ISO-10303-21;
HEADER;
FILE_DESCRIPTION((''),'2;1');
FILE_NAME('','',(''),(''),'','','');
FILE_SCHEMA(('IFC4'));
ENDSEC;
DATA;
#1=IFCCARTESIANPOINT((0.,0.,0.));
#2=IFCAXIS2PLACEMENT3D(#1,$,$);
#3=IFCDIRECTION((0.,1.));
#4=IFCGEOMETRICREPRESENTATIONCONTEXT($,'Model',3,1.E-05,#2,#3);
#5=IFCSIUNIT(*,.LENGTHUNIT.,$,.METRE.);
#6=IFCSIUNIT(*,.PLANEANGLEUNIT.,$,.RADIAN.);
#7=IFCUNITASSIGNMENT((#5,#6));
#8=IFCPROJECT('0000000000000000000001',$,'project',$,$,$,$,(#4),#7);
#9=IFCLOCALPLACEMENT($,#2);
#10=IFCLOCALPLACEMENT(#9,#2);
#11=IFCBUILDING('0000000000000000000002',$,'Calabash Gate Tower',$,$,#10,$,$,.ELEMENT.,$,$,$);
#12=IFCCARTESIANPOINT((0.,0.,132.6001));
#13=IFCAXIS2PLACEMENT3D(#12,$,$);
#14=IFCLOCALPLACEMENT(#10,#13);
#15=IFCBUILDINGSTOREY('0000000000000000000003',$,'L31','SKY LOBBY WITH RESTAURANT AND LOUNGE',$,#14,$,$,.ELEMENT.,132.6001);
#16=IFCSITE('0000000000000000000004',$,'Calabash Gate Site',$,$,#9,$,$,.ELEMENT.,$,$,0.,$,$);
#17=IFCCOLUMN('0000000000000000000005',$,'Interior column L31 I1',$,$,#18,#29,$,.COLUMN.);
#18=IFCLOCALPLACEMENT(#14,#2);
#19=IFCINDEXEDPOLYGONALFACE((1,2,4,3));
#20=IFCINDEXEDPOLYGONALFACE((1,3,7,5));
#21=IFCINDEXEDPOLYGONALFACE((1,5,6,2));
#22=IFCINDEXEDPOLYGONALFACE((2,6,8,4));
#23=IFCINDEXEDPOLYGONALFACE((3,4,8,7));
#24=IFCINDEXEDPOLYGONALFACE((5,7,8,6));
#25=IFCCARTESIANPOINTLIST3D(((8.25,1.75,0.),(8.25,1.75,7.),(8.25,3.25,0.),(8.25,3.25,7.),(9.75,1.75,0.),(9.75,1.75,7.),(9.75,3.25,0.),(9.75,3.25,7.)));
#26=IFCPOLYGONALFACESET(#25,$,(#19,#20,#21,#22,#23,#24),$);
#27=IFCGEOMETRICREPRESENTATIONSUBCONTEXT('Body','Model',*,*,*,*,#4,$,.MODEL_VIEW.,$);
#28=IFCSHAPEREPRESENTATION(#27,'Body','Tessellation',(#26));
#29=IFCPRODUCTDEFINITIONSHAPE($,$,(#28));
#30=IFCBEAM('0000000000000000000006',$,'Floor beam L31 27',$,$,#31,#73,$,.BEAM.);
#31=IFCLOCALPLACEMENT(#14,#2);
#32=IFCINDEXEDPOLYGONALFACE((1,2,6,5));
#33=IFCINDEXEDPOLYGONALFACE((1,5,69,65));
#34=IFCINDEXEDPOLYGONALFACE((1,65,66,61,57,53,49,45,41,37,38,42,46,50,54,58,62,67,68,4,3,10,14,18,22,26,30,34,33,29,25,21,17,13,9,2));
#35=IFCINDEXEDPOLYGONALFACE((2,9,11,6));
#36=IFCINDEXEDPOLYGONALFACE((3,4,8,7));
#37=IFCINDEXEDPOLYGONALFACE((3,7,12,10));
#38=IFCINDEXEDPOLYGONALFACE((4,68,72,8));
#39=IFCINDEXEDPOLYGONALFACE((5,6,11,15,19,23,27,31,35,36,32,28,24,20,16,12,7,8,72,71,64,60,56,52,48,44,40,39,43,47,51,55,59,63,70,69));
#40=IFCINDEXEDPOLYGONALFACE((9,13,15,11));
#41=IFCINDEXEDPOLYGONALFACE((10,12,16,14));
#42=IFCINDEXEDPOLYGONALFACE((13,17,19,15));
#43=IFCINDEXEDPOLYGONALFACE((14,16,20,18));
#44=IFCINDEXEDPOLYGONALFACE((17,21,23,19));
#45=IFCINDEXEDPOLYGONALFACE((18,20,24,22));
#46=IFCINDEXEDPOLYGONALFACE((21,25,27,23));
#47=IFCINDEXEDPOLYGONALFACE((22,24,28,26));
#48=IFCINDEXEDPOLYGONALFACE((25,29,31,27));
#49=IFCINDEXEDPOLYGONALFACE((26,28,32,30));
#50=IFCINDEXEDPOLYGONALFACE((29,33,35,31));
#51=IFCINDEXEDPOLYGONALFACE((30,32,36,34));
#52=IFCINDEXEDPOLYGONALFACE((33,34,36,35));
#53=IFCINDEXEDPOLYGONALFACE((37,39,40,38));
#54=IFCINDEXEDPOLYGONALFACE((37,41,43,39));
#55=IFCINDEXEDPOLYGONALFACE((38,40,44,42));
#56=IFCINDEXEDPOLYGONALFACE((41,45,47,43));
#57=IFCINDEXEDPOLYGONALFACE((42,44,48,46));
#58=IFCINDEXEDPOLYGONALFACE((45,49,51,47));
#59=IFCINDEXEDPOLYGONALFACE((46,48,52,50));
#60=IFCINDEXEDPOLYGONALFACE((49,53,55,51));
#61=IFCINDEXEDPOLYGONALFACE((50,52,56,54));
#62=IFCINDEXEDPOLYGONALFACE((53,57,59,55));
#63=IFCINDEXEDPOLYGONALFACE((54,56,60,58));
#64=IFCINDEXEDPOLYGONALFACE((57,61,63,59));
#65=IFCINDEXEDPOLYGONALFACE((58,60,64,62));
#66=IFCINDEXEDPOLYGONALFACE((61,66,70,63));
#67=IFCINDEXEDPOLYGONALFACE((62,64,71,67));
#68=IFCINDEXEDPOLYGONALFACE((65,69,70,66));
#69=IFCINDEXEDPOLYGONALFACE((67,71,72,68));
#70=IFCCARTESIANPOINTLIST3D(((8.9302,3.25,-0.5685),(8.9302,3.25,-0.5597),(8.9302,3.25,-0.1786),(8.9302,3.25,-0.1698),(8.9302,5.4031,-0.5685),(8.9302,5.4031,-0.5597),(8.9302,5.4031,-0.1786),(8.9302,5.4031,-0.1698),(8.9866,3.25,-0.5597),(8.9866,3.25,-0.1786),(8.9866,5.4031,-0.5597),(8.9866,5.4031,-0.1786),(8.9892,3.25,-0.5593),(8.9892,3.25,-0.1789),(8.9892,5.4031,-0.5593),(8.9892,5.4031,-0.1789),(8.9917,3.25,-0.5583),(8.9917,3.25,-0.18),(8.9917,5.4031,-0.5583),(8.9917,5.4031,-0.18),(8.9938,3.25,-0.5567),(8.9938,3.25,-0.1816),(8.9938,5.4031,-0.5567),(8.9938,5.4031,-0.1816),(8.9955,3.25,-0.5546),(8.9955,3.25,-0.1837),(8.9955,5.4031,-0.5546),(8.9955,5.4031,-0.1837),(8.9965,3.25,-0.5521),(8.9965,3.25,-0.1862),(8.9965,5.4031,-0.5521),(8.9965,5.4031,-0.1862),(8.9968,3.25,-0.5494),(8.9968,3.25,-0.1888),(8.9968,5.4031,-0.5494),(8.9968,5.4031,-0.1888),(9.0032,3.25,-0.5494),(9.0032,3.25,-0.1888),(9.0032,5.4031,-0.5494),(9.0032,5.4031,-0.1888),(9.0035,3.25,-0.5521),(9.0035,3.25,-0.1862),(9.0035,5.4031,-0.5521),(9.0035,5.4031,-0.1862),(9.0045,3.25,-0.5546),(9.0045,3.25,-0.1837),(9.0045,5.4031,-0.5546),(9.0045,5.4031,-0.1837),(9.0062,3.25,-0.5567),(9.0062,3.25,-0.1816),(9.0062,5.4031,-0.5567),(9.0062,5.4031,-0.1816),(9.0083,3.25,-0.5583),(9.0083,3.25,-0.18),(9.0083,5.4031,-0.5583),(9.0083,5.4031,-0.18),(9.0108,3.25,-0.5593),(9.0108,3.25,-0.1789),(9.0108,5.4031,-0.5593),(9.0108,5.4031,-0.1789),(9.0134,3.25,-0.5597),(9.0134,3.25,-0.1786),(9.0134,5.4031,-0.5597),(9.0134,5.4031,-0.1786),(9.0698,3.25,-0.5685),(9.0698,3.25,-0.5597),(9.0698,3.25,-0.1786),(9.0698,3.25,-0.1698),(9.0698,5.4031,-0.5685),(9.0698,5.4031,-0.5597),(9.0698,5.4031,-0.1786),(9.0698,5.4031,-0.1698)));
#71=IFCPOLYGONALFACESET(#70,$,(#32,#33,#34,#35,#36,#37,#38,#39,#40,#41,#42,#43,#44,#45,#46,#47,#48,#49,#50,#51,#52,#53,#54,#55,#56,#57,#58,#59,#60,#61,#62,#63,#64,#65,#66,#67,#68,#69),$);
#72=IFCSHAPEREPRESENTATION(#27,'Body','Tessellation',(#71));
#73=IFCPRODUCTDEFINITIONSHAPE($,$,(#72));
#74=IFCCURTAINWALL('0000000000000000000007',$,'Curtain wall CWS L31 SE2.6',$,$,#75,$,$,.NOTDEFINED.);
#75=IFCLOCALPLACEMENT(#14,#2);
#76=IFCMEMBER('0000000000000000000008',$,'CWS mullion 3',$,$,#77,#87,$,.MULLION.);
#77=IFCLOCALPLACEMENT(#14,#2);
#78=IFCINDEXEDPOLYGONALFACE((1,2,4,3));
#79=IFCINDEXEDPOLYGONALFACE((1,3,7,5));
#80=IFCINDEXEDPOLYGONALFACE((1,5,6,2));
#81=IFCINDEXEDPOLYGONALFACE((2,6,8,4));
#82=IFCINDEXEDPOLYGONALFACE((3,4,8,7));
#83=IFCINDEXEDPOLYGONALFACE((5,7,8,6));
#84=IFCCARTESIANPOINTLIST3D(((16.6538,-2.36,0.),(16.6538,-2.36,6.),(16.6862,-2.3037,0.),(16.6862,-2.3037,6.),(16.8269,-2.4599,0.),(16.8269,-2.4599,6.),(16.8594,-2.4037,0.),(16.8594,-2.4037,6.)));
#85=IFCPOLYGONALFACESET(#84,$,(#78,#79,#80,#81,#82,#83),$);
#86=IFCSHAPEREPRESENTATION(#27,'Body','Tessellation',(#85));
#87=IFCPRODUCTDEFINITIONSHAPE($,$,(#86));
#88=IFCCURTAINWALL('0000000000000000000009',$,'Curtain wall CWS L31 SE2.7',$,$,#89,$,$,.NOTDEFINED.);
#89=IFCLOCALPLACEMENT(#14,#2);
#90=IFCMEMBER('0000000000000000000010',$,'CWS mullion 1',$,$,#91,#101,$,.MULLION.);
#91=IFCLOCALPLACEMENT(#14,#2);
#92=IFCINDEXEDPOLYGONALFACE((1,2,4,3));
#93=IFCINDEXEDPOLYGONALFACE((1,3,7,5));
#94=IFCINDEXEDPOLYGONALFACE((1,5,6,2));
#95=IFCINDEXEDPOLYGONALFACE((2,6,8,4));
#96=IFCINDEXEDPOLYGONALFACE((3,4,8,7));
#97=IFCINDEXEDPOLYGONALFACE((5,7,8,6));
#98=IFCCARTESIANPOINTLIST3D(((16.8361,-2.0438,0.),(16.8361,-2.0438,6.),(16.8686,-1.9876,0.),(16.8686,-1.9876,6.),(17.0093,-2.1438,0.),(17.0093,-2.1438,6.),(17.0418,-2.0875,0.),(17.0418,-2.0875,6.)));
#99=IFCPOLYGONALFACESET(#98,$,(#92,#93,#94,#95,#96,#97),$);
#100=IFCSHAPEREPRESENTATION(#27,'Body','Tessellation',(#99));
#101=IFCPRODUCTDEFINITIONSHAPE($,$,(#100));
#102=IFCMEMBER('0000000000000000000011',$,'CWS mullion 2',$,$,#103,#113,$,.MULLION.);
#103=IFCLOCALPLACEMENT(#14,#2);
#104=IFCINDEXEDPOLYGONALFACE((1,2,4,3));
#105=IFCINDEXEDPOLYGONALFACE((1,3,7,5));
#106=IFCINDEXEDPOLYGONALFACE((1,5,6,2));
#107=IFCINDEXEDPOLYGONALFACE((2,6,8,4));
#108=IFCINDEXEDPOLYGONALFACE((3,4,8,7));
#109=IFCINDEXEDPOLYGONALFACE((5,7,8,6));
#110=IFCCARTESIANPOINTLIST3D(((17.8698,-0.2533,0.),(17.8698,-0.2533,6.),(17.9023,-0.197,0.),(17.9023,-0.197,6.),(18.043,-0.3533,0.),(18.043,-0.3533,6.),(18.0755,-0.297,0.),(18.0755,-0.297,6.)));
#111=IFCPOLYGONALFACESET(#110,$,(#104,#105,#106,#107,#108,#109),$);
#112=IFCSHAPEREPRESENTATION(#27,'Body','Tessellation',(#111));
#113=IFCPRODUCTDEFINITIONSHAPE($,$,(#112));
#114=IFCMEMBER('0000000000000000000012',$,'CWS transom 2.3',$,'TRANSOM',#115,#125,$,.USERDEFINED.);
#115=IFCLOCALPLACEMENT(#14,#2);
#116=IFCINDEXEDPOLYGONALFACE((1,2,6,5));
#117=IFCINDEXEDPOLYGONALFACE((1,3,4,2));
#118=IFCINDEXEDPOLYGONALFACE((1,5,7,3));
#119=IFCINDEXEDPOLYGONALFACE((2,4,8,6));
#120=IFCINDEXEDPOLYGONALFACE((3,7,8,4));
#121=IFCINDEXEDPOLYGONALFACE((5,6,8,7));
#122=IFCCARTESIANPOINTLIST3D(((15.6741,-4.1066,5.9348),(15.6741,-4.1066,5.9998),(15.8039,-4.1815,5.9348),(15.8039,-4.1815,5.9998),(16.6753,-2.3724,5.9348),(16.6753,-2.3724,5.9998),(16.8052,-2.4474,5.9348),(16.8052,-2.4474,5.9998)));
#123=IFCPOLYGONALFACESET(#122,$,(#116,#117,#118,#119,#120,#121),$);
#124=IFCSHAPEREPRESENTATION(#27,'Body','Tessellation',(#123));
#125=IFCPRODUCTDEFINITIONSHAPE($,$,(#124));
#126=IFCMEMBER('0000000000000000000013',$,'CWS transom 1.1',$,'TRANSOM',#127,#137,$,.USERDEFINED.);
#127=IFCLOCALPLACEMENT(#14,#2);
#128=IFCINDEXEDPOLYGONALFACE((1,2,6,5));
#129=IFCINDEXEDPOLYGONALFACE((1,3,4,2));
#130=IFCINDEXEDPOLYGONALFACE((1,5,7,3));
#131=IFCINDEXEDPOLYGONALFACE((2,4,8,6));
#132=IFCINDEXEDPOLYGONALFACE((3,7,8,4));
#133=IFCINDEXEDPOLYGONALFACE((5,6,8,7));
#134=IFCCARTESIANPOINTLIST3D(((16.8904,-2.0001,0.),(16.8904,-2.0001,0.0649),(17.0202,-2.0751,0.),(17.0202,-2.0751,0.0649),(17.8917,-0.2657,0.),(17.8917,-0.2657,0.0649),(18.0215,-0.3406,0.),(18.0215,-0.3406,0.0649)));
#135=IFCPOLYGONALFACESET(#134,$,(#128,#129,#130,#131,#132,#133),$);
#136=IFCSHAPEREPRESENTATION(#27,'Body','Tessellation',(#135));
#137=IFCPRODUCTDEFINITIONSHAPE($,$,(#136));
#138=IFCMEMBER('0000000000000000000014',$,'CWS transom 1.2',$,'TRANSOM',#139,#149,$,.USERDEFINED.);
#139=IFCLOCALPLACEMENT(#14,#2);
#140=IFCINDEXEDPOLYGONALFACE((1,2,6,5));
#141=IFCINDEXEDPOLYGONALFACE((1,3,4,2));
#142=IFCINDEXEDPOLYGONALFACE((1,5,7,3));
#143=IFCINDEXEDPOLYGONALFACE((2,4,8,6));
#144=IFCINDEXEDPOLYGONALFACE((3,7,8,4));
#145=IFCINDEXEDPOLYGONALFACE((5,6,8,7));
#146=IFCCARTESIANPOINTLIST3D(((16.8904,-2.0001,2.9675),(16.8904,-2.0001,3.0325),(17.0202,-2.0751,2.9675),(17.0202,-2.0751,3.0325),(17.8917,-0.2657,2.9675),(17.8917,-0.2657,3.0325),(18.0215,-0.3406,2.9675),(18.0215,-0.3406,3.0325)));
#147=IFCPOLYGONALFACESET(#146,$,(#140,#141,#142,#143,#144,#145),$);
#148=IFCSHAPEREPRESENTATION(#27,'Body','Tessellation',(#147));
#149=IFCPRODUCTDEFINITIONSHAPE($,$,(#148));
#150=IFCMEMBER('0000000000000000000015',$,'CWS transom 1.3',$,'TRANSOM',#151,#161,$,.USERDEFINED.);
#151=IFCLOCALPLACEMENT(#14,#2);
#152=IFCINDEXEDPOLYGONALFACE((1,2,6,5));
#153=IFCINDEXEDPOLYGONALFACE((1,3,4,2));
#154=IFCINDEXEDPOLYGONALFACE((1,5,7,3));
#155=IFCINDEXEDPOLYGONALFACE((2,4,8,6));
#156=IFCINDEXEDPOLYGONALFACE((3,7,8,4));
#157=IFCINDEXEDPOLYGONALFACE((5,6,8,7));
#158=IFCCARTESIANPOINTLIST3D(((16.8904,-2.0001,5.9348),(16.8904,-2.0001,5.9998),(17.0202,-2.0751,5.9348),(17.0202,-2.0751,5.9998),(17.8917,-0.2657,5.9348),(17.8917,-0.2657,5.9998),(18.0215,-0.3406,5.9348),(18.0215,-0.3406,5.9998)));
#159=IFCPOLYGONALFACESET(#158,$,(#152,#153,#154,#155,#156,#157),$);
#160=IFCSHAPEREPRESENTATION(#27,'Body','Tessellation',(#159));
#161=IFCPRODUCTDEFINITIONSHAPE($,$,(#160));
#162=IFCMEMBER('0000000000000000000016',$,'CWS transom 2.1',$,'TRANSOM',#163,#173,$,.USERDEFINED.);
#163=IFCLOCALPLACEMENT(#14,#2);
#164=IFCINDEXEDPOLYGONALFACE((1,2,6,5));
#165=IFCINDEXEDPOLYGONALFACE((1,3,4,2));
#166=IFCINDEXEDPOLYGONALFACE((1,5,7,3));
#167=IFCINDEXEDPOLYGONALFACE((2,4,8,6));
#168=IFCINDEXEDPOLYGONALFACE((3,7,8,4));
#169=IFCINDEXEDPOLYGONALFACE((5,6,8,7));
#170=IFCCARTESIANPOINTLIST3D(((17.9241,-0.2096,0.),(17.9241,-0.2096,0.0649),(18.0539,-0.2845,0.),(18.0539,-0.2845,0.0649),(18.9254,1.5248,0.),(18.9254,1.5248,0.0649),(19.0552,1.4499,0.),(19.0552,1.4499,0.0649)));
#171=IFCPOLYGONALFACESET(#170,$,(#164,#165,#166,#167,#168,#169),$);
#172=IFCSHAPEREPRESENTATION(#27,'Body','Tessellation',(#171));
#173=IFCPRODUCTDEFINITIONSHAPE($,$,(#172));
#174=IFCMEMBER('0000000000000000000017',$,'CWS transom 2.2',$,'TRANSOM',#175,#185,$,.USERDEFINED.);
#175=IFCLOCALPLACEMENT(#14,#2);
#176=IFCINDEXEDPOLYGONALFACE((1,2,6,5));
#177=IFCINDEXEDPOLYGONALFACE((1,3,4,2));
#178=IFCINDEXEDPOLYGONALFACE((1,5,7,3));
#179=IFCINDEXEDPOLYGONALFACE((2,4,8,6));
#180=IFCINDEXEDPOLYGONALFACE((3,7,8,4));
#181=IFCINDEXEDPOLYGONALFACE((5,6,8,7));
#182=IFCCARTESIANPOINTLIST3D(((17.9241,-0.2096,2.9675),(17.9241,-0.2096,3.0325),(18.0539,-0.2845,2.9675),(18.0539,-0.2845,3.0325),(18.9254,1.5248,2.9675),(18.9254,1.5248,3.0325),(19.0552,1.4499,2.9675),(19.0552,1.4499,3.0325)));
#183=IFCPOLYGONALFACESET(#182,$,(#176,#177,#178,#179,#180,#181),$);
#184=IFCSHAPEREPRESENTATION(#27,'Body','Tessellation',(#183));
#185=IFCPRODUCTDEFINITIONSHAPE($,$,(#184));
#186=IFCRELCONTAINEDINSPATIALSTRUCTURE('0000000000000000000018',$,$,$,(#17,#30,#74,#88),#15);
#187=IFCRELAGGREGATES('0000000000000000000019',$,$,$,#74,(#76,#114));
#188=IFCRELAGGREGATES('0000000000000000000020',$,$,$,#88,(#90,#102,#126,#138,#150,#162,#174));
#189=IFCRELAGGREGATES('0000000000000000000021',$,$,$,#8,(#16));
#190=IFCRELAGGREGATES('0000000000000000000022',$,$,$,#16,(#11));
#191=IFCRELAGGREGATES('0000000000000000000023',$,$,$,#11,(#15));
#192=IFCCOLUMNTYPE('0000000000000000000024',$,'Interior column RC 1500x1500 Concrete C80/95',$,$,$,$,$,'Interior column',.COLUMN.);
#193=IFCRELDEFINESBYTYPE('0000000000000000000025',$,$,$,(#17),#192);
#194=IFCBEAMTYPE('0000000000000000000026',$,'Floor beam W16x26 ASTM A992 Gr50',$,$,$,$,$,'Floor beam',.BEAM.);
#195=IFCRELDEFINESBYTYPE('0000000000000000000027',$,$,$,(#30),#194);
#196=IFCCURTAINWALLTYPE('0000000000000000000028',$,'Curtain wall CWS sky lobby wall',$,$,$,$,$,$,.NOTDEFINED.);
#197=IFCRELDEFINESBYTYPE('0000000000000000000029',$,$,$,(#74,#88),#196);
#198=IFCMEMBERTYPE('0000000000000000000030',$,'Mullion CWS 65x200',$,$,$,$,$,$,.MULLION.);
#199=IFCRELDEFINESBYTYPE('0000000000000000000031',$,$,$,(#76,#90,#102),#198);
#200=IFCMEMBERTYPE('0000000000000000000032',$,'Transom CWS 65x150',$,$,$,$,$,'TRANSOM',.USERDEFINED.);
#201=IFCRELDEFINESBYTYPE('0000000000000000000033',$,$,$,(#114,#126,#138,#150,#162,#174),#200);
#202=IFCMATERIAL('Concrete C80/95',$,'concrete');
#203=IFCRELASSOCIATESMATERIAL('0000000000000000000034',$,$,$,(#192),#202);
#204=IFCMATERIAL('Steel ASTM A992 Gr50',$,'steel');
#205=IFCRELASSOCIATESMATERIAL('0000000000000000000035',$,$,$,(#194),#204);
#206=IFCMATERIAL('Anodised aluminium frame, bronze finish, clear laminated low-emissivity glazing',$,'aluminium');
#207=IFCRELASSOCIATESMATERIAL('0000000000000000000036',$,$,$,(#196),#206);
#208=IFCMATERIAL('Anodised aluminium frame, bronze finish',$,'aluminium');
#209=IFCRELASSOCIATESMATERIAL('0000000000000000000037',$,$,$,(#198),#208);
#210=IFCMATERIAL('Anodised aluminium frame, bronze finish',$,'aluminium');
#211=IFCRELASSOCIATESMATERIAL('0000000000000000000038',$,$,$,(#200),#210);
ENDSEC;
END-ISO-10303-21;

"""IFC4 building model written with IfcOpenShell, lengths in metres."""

from ifc_helpers import new_model, si_unit, direction, frame, origin, origin_2d, place, context, subcontext, project, spatial, rectangle, i_section, extrude, material, material_profile, profile_set, type_object, element, aggregate, save


model = new_model("IFC4")

# Units and contexts
model_context = context("Model", 3, precision=1e-05, world=origin(), true_north=direction((0.0, 1.0)))
body_context = subcontext(model_context, "Body", "Model", "MODEL_VIEW")
ifc_project = project(units=[si_unit("LENGTHUNIT", "METRE"), si_unit("PLANEANGLEUNIT", "RADIAN")], contexts=[model_context])

# Site, building, storey
site_placement = place(None, origin())
site = spatial("IfcSite", under=ifc_project, at=site_placement, Name="Calabash Gate Site", CompositionType="ELEMENT", RefElevation=0.0)
building_placement = place(site_placement, origin())
building = spatial("IfcBuilding", under=site, at=building_placement, Name="Calabash Gate Tower", CompositionType="ELEMENT")
storey_placement = place(building_placement, frame((0.0, 0.0, 132.6001)))
storey = spatial("IfcBuildingStorey", under=building, at=storey_placement, Name="L31", Description="SKY LOBBY WITH RESTAURANT AND LOUNGE", CompositionType="ELEMENT", Elevation=132.6001)

# Column
ifc_material_1 = material(Name="Concrete C80/95", Category="concrete")
ifc_material_profile_1 = material_profile(ifc_material_1, rectangle(XDim=1.5, YDim=1.5, at=origin_2d()))
ifc_profile_set_1 = profile_set([ifc_material_profile_1], Name="Concrete C80/95")
column_type = type_object("IfcColumnType", Name="Interior column RC 1500x1500 Concrete C80/95", ElementType="Interior column", PredefinedType="COLUMN", material=ifc_profile_set_1)
column_placement = place(storey_placement, frame((9.0, 2.5, 0.0), z_axis=(0.0, 0.0, 1.0), x_axis=(1.0, 0.0, 0.0)))
element("IfcColumn", 1, at=column_placement, inside=storey, type_object=column_type, Name="Interior column L31 I1", PredefinedType="COLUMN", context=body_context, shape_type="SweptSolid", body=[
    extrude(rectangle(XDim=1.5, YDim=1.5, at=origin_2d()), origin(), (0.0, 0.0, 1.0), 7.0),
])

# Beam
ifc_material_2 = material(Name="Steel ASTM A992 Gr50", Category="steel")
ifc_material_profile_2 = material_profile(ifc_material_2, i_section(OverallWidth=0.1396, OverallDepth=0.3987, WebThickness=0.0063, FlangeThickness=0.0088, FilletRadius=0.0103, at=origin_2d()))
ifc_profile_set_2 = profile_set([ifc_material_profile_2], Name="Steel ASTM A992 Gr50")
beam_type = type_object("IfcBeamType", Name="Floor beam W16x26 ASTM A992 Gr50", ElementType="Floor beam", PredefinedType="BEAM", material=ifc_profile_set_2)
beam_placement = place(storey_placement, frame((9.0, 3.25, -0.3691), z_axis=(0.0, 1.0, 0.0), x_axis=(-1.0, 0.0, 0.0)))
element("IfcBeam", 2, at=beam_placement, inside=storey, type_object=beam_type, Name="Floor beam L31 27", PredefinedType="BEAM", context=body_context, shape_type="SweptSolid", body=[
    extrude(i_section(OverallWidth=0.1396, OverallDepth=0.3987, WebThickness=0.0063, FlangeThickness=0.0088, FilletRadius=0.0103, at=origin_2d()), origin(), (0.0, 0.0, 1.0), 2.1531),
])

# Curtain wall, member
ifc_material_3 = material(Name="Anodised aluminium frame, bronze finish, clear laminated low-emissivity glazing", Category="aluminium")
curtain_wall_type = type_object("IfcCurtainWallType", Name="Curtain wall CWS sky lobby wall", PredefinedType="NOTDEFINED", material=ifc_material_3)
curtain_wall_1_placement = place(storey_placement, origin())
curtain_wall_1 = element("IfcCurtainWall", 3, at=curtain_wall_1_placement, inside=storey, type_object=curtain_wall_type, Name="Curtain wall CWS L31 SE2.6", PredefinedType="NOTDEFINED")
ifc_material_4 = material(Name="Anodised aluminium frame, bronze finish", Category="aluminium")
ifc_material_profile_3 = material_profile(ifc_material_4, rectangle(XDim=0.2, YDim=0.0649, at=origin_2d()))
ifc_profile_set_3 = profile_set([ifc_material_profile_3], Name="Anodised aluminium frame, bronze finish")
member_type_1 = type_object("IfcMemberType", Name="Mullion CWS 65x200", PredefinedType="MULLION", material=ifc_profile_set_3)
member_1_placement = place(storey_placement, frame((16.7566, -2.3818, 0.0), z_axis=(0.0, 0.0, 1.0), x_axis=(-0.866025, 0.5, 0.0)))
member_1 = element("IfcMember", 4, at=member_1_placement, type_object=member_type_1, Name="CWS mullion 3", PredefinedType="MULLION", context=body_context, shape_type="SweptSolid", body=[
    extrude(rectangle(XDim=0.2, YDim=0.0649, at=origin_2d()), origin(), (0.0, 0.0, 1.0), 6.0),
])

# Curtain wall, members
curtain_wall_2_placement = place(storey_placement, origin())
curtain_wall_2 = element("IfcCurtainWall", 5, at=curtain_wall_2_placement, inside=storey, type_object=curtain_wall_type, Name="Curtain wall CWS L31 SE2.7", PredefinedType="NOTDEFINED")
member_2_placement = place(storey_placement, frame((16.939, -2.0657, 0.0), z_axis=(0.0, 0.0, 1.0), x_axis=(-0.866025, 0.5, 0.0)))
member_2 = element("IfcMember", 6, at=member_2_placement, type_object=member_type_1, Name="CWS mullion 1", PredefinedType="MULLION", context=body_context, shape_type="SweptSolid", body=[
    extrude(rectangle(XDim=0.2, YDim=0.0649, at=origin_2d()), origin(), (0.0, 0.0, 1.0), 6.0),
])
member_3_placement = place(storey_placement, frame((17.9727, -0.2751, 0.0), z_axis=(0.0, 0.0, 1.0), x_axis=(-0.866025, 0.5, 0.0)))
member_3 = element("IfcMember", 7, at=member_3_placement, type_object=member_type_1, Name="CWS mullion 2", PredefinedType="MULLION", context=body_context, shape_type="SweptSolid", body=[
    extrude(rectangle(XDim=0.2, YDim=0.0649, at=origin_2d()), origin(), (0.0, 0.0, 1.0), 6.0),
])

# Members
ifc_material_5 = material(Name="Anodised aluminium frame, bronze finish", Category="aluminium")
ifc_material_profile_4 = material_profile(ifc_material_5, rectangle(XDim=0.1499, YDim=0.0649, at=origin_2d()))
ifc_profile_set_4 = profile_set([ifc_material_profile_4], Name="Anodised aluminium frame, bronze finish")
member_type_2 = type_object("IfcMemberType", Name="Transom CWS 65x150", ElementType="TRANSOM", PredefinedType="USERDEFINED", material=ifc_profile_set_4)
member_4_placement = place(storey_placement, frame((15.739, -4.144, 5.9673), z_axis=(0.500007, 0.866021, 0.0), x_axis=(-0.866021, 0.500007, 0.0)))
member_4 = element("IfcMember", 8, at=member_4_placement, type_object=member_type_2, Name="CWS transom 2.3", ObjectType="TRANSOM", PredefinedType="USERDEFINED", context=body_context, shape_type="SweptSolid", body=[
    extrude(rectangle(XDim=0.1499, YDim=0.0649, at=origin_2d()), origin(), (0.0, 0.0, 1.0), 2.0024),
])
member_5_placement = place(storey_placement, frame((16.9553, -2.0376, 0.0325), z_axis=(0.499955, 0.866052, 0.0), x_axis=(-0.866052, 0.499955, 0.0)))
member_5 = element("IfcMember", 9, at=member_5_placement, type_object=member_type_2, Name="CWS transom 1.1", ObjectType="TRANSOM", PredefinedType="USERDEFINED", context=body_context, shape_type="SweptSolid", body=[
    extrude(rectangle(XDim=0.1499, YDim=0.0649, at=origin_2d()), origin(), (0.0, 0.0, 1.0), 2.0027),
])
member_6_placement = place(storey_placement, frame((16.9553, -2.0376, 3.0), z_axis=(0.499955, 0.866052, 0.0), x_axis=(-0.866052, 0.499955, 0.0)))
member_6 = element("IfcMember", 10, at=member_6_placement, type_object=member_type_2, Name="CWS transom 1.2", ObjectType="TRANSOM", PredefinedType="USERDEFINED", context=body_context, shape_type="SweptSolid", body=[
    extrude(rectangle(XDim=0.1499, YDim=0.0649, at=origin_2d()), origin(), (0.0, 0.0, 1.0), 2.0027),
])
member_7_placement = place(storey_placement, frame((16.9553, -2.0376, 5.9673), z_axis=(0.499955, 0.866052, 0.0), x_axis=(-0.866052, 0.499955, 0.0)))
member_7 = element("IfcMember", 11, at=member_7_placement, type_object=member_type_2, Name="CWS transom 1.3", ObjectType="TRANSOM", PredefinedType="USERDEFINED", context=body_context, shape_type="SweptSolid", body=[
    extrude(rectangle(XDim=0.1499, YDim=0.0649, at=origin_2d()), origin(), (0.0, 0.0, 1.0), 2.0027),
])
member_8_placement = place(storey_placement, frame((17.989, -0.2471, 0.0325), z_axis=(0.499955, 0.866052, 0.0), x_axis=(-0.866052, 0.499955, 0.0)))
member_8 = element("IfcMember", 12, at=member_8_placement, type_object=member_type_2, Name="CWS transom 2.1", ObjectType="TRANSOM", PredefinedType="USERDEFINED", context=body_context, shape_type="SweptSolid", body=[
    extrude(rectangle(XDim=0.1499, YDim=0.0649, at=origin_2d()), origin(), (0.0, 0.0, 1.0), 2.0027),
])
member_9_placement = place(storey_placement, frame((17.989, -0.2471, 3.0), z_axis=(0.499955, 0.866052, 0.0), x_axis=(-0.866052, 0.499955, 0.0)))
member_9 = element("IfcMember", 13, at=member_9_placement, type_object=member_type_2, Name="CWS transom 2.2", ObjectType="TRANSOM", PredefinedType="USERDEFINED", context=body_context, shape_type="SweptSolid", body=[
    extrude(rectangle(XDim=0.1499, YDim=0.0649, at=origin_2d()), origin(), (0.0, 0.0, 1.0), 2.0027),
])

aggregate(curtain_wall_1, [member_1, member_4])
aggregate(curtain_wall_2, [member_2, member_3, member_5, member_6, member_7, member_8, member_9])

save(model, "model.ifc")
